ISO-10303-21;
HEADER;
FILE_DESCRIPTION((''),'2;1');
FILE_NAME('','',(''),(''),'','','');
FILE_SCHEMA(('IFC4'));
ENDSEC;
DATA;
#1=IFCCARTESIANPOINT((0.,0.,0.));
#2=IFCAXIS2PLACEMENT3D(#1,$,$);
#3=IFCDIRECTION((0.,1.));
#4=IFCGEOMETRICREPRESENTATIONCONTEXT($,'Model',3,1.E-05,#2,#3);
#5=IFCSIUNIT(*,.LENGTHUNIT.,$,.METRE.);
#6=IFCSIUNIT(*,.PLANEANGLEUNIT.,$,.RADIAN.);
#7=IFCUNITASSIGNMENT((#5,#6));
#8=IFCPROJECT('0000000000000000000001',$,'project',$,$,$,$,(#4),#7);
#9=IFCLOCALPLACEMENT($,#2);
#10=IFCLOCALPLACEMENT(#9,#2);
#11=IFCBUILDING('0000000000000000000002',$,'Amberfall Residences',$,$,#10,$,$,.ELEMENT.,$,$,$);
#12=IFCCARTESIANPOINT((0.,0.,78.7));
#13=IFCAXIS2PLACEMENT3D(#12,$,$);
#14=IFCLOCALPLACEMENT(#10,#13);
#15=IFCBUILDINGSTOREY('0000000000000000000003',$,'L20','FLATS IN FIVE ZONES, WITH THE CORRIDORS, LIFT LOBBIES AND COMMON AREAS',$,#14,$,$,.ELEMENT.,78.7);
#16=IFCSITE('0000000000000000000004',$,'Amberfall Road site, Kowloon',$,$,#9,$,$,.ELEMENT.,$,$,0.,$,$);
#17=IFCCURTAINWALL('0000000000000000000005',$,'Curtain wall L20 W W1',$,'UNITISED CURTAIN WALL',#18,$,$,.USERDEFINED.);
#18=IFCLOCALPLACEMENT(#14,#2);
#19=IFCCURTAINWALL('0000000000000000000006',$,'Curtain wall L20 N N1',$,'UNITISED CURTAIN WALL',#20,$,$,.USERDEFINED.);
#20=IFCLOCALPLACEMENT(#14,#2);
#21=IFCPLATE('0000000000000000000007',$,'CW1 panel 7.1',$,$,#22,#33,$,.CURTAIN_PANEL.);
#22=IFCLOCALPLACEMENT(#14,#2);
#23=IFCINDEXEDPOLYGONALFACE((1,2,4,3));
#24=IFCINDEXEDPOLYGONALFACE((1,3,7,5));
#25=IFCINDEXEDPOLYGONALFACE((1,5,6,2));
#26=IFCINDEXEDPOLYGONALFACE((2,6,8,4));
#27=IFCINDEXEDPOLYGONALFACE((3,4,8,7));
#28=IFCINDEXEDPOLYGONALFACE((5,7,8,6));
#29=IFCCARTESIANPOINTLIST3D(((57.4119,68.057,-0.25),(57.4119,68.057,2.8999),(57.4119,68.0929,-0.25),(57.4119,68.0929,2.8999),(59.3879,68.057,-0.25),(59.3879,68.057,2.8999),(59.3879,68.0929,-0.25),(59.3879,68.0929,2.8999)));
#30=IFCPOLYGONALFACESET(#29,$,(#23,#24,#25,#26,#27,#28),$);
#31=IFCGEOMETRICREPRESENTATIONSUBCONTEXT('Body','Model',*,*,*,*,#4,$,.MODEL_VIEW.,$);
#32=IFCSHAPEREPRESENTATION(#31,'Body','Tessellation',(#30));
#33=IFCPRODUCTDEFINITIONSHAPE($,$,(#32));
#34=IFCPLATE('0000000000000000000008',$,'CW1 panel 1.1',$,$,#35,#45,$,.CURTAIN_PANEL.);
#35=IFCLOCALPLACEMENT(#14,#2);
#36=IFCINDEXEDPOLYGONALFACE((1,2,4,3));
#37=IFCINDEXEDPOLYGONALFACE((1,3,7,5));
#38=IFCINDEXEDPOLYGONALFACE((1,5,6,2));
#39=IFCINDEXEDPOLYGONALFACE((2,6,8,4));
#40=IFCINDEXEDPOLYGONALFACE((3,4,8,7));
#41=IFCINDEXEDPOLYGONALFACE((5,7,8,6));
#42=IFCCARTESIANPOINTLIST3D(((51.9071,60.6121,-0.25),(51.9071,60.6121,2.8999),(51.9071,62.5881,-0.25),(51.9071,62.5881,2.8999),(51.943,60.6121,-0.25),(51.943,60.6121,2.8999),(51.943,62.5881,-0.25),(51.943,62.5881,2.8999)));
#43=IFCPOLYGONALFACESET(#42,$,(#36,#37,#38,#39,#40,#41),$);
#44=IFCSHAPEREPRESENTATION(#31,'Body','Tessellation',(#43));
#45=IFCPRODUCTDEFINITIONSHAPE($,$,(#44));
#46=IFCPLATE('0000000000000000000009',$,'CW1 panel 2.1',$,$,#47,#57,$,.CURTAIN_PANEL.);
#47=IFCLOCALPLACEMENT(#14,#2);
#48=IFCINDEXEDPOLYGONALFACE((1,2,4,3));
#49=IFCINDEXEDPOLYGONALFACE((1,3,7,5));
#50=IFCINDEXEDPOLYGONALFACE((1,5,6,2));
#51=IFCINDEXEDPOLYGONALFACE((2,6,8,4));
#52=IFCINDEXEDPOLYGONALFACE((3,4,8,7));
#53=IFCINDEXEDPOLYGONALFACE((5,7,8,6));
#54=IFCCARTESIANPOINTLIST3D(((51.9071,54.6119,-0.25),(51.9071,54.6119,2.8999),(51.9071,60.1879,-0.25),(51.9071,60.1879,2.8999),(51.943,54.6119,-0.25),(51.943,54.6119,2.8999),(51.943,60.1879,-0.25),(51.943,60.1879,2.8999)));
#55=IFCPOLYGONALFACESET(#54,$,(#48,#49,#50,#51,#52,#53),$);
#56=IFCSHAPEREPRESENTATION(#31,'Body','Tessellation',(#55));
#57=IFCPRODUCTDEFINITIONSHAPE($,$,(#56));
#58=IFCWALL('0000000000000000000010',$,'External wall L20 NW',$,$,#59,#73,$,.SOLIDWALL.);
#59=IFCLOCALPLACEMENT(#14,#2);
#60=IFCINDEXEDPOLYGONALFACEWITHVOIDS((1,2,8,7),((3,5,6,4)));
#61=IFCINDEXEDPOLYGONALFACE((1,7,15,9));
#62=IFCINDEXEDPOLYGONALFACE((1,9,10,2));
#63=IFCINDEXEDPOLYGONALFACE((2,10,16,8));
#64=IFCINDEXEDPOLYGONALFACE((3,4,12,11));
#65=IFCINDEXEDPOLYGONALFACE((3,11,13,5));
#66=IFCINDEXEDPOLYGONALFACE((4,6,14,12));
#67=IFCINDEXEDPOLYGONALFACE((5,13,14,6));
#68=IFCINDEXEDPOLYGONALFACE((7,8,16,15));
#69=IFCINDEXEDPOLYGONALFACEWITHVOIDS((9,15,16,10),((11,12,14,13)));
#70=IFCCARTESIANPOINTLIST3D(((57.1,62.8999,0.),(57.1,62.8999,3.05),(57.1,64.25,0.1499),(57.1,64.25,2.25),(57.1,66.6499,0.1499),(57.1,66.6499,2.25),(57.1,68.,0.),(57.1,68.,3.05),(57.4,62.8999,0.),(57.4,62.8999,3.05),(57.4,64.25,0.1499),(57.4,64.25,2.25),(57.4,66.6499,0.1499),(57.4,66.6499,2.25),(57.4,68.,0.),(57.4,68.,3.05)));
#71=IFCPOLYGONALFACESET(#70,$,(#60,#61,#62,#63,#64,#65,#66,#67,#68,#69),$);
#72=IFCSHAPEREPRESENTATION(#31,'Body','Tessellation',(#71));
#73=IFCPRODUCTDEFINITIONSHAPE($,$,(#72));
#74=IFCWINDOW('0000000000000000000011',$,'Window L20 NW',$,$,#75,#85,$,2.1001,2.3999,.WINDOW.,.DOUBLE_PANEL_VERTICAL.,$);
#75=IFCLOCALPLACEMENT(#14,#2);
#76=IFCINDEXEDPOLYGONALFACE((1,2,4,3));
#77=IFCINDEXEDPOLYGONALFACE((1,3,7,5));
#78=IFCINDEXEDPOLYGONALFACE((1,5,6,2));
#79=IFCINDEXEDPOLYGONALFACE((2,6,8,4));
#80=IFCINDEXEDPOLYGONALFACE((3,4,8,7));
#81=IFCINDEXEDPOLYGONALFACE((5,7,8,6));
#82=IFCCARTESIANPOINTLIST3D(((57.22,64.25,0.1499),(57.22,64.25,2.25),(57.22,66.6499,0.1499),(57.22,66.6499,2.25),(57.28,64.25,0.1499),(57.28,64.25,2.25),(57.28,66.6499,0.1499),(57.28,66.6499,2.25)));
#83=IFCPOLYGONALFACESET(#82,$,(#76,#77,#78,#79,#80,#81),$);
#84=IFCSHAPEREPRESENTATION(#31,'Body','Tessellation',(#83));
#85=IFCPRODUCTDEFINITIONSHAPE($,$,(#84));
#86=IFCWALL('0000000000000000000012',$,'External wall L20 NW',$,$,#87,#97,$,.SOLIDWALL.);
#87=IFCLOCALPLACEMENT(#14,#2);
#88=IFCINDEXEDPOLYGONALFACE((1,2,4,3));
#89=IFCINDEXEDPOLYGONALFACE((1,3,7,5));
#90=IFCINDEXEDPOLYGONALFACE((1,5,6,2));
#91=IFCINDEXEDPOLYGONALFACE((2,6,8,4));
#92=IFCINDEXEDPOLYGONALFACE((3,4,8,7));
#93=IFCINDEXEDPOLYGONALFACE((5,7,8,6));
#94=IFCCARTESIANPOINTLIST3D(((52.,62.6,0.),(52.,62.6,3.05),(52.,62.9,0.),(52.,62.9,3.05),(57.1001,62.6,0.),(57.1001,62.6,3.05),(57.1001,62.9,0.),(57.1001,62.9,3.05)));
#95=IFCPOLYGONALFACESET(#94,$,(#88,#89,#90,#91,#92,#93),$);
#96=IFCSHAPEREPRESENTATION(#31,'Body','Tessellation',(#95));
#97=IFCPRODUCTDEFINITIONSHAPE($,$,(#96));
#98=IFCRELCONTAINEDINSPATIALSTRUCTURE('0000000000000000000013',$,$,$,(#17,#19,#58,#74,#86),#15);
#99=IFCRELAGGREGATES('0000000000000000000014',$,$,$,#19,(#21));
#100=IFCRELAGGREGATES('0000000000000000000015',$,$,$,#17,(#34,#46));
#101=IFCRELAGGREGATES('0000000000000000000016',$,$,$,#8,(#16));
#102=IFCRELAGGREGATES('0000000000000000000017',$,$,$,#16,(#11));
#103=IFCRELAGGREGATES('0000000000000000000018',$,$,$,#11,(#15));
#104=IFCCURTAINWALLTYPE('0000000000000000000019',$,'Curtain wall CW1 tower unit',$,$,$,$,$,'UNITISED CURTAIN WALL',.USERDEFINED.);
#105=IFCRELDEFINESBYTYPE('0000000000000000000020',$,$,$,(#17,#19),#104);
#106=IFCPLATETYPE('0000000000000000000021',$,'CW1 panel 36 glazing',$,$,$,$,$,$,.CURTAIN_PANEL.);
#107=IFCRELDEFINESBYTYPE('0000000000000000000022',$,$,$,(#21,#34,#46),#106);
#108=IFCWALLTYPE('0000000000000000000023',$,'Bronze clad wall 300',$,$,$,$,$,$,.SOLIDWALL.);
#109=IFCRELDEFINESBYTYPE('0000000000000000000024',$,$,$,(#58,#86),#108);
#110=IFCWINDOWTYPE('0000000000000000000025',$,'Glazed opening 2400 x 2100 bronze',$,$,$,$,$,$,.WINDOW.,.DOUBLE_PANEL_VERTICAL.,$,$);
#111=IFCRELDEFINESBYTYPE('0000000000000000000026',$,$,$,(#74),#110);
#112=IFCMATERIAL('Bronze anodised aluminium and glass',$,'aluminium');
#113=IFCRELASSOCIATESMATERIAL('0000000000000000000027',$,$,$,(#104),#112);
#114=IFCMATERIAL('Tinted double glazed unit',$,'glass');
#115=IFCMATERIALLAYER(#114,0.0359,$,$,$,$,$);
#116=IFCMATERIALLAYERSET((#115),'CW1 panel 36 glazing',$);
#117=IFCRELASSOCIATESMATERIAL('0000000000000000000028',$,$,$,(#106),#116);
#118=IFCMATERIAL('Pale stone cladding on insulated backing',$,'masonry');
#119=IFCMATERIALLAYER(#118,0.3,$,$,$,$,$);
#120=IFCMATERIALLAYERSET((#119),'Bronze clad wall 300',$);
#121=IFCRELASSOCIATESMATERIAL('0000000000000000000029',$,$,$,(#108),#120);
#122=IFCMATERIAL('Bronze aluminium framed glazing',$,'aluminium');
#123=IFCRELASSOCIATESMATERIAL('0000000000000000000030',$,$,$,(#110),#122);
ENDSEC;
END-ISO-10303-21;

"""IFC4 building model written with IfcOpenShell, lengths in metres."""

from ifc_helpers import new_model, si_unit, direction, frame, frame_2d, origin, origin_2d, place, context, subcontext, project, spatial, rectangle, extrude, material, layer, layer_set, type_object, element, fill, aggregate, save


model = new_model("IFC4")

# Units and contexts
model_context = context("Model", 3, precision=1e-05, world=origin(), true_north=direction((0.0, 1.0)))
body_context = subcontext(model_context, "Body", "Model", "MODEL_VIEW")
ifc_project = project(units=[si_unit("LENGTHUNIT", "METRE"), si_unit("PLANEANGLEUNIT", "RADIAN")], contexts=[model_context])

# Site, building, storey
site_placement = place(None, origin())
site = spatial("IfcSite", under=ifc_project, at=site_placement, Name="Amberfall Road site, Kowloon", CompositionType="ELEMENT", RefElevation=0.0)
building_placement = place(site_placement, origin())
building = spatial("IfcBuilding", under=site, at=building_placement, Name="Amberfall Residences", CompositionType="ELEMENT")
storey_placement = place(building_placement, frame((0.0, 0.0, 78.7)))
storey = spatial("IfcBuildingStorey", under=building, at=storey_placement, Name="L20", Description="FLATS IN FIVE ZONES, WITH THE CORRIDORS, LIFT LOBBIES AND COMMON AREAS", CompositionType="ELEMENT", Elevation=78.7)

# Curtain wall
ifc_material_1 = material(Name="Bronze anodised aluminium and glass", Category="aluminium")
curtain_wall_type = type_object("IfcCurtainWallType", Name="Curtain wall CW1 tower unit", ElementType="UNITISED CURTAIN WALL", PredefinedType="USERDEFINED", material=ifc_material_1)
curtain_wall_1_placement = place(storey_placement, origin())
curtain_wall_1 = element("IfcCurtainWall", 1, at=curtain_wall_1_placement, inside=storey, type_object=curtain_wall_type, Name="Curtain wall L20 W W1", ObjectType="UNITISED CURTAIN WALL", PredefinedType="USERDEFINED")

# Curtain wall
curtain_wall_2_placement = place(storey_placement, origin())
curtain_wall_2 = element("IfcCurtainWall", 2, at=curtain_wall_2_placement, inside=storey, type_object=curtain_wall_type, Name="Curtain wall L20 N N1", ObjectType="UNITISED CURTAIN WALL", PredefinedType="USERDEFINED")

# Plates
ifc_material_2 = material(Name="Tinted double glazed unit", Category="glass")
ifc_layer_1 = layer(ifc_material_2, 0.0359)
ifc_layer_set_1 = layer_set([ifc_layer_1], Name="CW1 panel 36 glazing")
plate_type = type_object("IfcPlateType", Name="CW1 panel 36 glazing", PredefinedType="CURTAIN_PANEL", material=ifc_layer_set_1)
plate_1_placement = place(storey_placement, frame((58.3999, 68.075, -0.25), z_axis=(0.0, 0.0, 1.0), x_axis=(-1.0, 0.0, 0.0)))
plate_1 = element("IfcPlate", 3, at=plate_1_placement, type_object=plate_type, Name="CW1 panel 7.1", PredefinedType="CURTAIN_PANEL", context=body_context, shape_type="SweptSolid", body=[
    extrude(rectangle(XDim=1.9761, YDim=0.0359, at=origin_2d()), origin(), (0.0, 0.0, 1.0), 3.1499),
])
aggregate(curtain_wall_2, [plate_1])
plate_2_placement = place(storey_placement, frame((51.925, 61.6001, -0.25), z_axis=(0.0, 0.0, 1.0), x_axis=(0.0, -1.0, 0.0)))
plate_2 = element("IfcPlate", 4, at=plate_2_placement, type_object=plate_type, Name="CW1 panel 1.1", PredefinedType="CURTAIN_PANEL", context=body_context, shape_type="SweptSolid", body=[
    extrude(rectangle(XDim=1.9761, YDim=0.0359, at=origin_2d()), origin(), (0.0, 0.0, 1.0), 3.1499),
])
plate_3_placement = place(storey_placement, frame((51.925, 57.3999, -0.25), z_axis=(0.0, 0.0, 1.0), x_axis=(0.0, -1.0, 0.0)))
plate_3 = element("IfcPlate", 5, at=plate_3_placement, type_object=plate_type, Name="CW1 panel 2.1", PredefinedType="CURTAIN_PANEL", context=body_context, shape_type="SweptSolid", body=[
    extrude(rectangle(XDim=5.5759, YDim=0.0359, at=origin_2d()), origin(), (0.0, 0.0, 1.0), 3.1499),
])
aggregate(curtain_wall_1, [plate_2, plate_3])

# Wall, opening, window
ifc_material_3 = material(Name="Pale stone cladding on insulated backing", Category="masonry")
ifc_layer_2 = layer(ifc_material_3, 0.3)
ifc_layer_set_2 = layer_set([ifc_layer_2], Name="Bronze clad wall 300")
wall_type = type_object("IfcWallType", Name="Bronze clad wall 300", PredefinedType="SOLIDWALL", material=ifc_layer_set_2)
wall_1_placement = place(storey_placement, frame((57.25, 68.0, 0.0), z_axis=(0.0, 0.0, 1.0), x_axis=(0.0, -1.0, 0.0)))
wall_1 = element("IfcWall", 6, at=wall_1_placement, inside=storey, type_object=wall_type, Name="External wall L20 NW", PredefinedType="SOLIDWALL", context=body_context, shape_type="SweptSolid", body=[
    extrude(rectangle(XDim=5.1001, YDim=0.3, at=frame_2d((2.55, 0.0))), origin(), (0.0, 0.0, 1.0), 3.05),
])
opening_placement = place(wall_1_placement, frame((1.3501, 0.0, 0.1499)))
opening = element("IfcOpeningElement", 7, at=opening_placement, cuts=wall_1, PredefinedType="OPENING", context=body_context, shape_type="SweptSolid", body=[
    extrude(rectangle(XDim=2.3999, YDim=2.1001, at=frame_2d((1.2, 1.05))), frame((0.0, 0.1599, 0.0), z_axis=(0.0, -1.0, 0.0), x_axis=(1.0, 0.0, 0.0)), (0.0, 0.0, 1.0), 0.3201),
])
ifc_material_4 = material(Name="Bronze aluminium framed glazing", Category="aluminium")
window_type = type_object("IfcWindowType", Name="Glazed opening 2400 x 2100 bronze", PartitioningType="DOUBLE_PANEL_VERTICAL", PredefinedType="WINDOW", material=ifc_material_4)
window_placement = place(opening_placement, origin())
window = element("IfcWindow", 8, at=window_placement, inside=storey, type_object=window_type, Name="Window L20 NW", OverallHeight=2.1001, OverallWidth=2.3999, PartitioningType="DOUBLE_PANEL_VERTICAL", PredefinedType="WINDOW", context=body_context, shape_type="SweptSolid", body=[
    extrude(rectangle(XDim=2.3999, YDim=2.1001, at=frame_2d((1.2, 1.05))), frame((0.0, 0.03, 0.0), z_axis=(0.0, -1.0, 0.0), x_axis=(1.0, 0.0, 0.0)), (0.0, 0.0, 1.0), 0.0601),
])
fill(opening, window)

# Wall
wall_2_placement = place(storey_placement, frame((57.1001, 62.75, 0.0), z_axis=(0.0, 0.0, 1.0), x_axis=(-1.0, 0.0, 0.0)))
element("IfcWall", 9, at=wall_2_placement, inside=storey, type_object=wall_type, Name="External wall L20 NW", PredefinedType="SOLIDWALL", context=body_context, shape_type="SweptSolid", body=[
    extrude(rectangle(XDim=5.1001, YDim=0.3, at=frame_2d((2.55, 0.0))), origin(), (0.0, 0.0, 1.0), 3.05),
])

save(model, "model.ifc")
